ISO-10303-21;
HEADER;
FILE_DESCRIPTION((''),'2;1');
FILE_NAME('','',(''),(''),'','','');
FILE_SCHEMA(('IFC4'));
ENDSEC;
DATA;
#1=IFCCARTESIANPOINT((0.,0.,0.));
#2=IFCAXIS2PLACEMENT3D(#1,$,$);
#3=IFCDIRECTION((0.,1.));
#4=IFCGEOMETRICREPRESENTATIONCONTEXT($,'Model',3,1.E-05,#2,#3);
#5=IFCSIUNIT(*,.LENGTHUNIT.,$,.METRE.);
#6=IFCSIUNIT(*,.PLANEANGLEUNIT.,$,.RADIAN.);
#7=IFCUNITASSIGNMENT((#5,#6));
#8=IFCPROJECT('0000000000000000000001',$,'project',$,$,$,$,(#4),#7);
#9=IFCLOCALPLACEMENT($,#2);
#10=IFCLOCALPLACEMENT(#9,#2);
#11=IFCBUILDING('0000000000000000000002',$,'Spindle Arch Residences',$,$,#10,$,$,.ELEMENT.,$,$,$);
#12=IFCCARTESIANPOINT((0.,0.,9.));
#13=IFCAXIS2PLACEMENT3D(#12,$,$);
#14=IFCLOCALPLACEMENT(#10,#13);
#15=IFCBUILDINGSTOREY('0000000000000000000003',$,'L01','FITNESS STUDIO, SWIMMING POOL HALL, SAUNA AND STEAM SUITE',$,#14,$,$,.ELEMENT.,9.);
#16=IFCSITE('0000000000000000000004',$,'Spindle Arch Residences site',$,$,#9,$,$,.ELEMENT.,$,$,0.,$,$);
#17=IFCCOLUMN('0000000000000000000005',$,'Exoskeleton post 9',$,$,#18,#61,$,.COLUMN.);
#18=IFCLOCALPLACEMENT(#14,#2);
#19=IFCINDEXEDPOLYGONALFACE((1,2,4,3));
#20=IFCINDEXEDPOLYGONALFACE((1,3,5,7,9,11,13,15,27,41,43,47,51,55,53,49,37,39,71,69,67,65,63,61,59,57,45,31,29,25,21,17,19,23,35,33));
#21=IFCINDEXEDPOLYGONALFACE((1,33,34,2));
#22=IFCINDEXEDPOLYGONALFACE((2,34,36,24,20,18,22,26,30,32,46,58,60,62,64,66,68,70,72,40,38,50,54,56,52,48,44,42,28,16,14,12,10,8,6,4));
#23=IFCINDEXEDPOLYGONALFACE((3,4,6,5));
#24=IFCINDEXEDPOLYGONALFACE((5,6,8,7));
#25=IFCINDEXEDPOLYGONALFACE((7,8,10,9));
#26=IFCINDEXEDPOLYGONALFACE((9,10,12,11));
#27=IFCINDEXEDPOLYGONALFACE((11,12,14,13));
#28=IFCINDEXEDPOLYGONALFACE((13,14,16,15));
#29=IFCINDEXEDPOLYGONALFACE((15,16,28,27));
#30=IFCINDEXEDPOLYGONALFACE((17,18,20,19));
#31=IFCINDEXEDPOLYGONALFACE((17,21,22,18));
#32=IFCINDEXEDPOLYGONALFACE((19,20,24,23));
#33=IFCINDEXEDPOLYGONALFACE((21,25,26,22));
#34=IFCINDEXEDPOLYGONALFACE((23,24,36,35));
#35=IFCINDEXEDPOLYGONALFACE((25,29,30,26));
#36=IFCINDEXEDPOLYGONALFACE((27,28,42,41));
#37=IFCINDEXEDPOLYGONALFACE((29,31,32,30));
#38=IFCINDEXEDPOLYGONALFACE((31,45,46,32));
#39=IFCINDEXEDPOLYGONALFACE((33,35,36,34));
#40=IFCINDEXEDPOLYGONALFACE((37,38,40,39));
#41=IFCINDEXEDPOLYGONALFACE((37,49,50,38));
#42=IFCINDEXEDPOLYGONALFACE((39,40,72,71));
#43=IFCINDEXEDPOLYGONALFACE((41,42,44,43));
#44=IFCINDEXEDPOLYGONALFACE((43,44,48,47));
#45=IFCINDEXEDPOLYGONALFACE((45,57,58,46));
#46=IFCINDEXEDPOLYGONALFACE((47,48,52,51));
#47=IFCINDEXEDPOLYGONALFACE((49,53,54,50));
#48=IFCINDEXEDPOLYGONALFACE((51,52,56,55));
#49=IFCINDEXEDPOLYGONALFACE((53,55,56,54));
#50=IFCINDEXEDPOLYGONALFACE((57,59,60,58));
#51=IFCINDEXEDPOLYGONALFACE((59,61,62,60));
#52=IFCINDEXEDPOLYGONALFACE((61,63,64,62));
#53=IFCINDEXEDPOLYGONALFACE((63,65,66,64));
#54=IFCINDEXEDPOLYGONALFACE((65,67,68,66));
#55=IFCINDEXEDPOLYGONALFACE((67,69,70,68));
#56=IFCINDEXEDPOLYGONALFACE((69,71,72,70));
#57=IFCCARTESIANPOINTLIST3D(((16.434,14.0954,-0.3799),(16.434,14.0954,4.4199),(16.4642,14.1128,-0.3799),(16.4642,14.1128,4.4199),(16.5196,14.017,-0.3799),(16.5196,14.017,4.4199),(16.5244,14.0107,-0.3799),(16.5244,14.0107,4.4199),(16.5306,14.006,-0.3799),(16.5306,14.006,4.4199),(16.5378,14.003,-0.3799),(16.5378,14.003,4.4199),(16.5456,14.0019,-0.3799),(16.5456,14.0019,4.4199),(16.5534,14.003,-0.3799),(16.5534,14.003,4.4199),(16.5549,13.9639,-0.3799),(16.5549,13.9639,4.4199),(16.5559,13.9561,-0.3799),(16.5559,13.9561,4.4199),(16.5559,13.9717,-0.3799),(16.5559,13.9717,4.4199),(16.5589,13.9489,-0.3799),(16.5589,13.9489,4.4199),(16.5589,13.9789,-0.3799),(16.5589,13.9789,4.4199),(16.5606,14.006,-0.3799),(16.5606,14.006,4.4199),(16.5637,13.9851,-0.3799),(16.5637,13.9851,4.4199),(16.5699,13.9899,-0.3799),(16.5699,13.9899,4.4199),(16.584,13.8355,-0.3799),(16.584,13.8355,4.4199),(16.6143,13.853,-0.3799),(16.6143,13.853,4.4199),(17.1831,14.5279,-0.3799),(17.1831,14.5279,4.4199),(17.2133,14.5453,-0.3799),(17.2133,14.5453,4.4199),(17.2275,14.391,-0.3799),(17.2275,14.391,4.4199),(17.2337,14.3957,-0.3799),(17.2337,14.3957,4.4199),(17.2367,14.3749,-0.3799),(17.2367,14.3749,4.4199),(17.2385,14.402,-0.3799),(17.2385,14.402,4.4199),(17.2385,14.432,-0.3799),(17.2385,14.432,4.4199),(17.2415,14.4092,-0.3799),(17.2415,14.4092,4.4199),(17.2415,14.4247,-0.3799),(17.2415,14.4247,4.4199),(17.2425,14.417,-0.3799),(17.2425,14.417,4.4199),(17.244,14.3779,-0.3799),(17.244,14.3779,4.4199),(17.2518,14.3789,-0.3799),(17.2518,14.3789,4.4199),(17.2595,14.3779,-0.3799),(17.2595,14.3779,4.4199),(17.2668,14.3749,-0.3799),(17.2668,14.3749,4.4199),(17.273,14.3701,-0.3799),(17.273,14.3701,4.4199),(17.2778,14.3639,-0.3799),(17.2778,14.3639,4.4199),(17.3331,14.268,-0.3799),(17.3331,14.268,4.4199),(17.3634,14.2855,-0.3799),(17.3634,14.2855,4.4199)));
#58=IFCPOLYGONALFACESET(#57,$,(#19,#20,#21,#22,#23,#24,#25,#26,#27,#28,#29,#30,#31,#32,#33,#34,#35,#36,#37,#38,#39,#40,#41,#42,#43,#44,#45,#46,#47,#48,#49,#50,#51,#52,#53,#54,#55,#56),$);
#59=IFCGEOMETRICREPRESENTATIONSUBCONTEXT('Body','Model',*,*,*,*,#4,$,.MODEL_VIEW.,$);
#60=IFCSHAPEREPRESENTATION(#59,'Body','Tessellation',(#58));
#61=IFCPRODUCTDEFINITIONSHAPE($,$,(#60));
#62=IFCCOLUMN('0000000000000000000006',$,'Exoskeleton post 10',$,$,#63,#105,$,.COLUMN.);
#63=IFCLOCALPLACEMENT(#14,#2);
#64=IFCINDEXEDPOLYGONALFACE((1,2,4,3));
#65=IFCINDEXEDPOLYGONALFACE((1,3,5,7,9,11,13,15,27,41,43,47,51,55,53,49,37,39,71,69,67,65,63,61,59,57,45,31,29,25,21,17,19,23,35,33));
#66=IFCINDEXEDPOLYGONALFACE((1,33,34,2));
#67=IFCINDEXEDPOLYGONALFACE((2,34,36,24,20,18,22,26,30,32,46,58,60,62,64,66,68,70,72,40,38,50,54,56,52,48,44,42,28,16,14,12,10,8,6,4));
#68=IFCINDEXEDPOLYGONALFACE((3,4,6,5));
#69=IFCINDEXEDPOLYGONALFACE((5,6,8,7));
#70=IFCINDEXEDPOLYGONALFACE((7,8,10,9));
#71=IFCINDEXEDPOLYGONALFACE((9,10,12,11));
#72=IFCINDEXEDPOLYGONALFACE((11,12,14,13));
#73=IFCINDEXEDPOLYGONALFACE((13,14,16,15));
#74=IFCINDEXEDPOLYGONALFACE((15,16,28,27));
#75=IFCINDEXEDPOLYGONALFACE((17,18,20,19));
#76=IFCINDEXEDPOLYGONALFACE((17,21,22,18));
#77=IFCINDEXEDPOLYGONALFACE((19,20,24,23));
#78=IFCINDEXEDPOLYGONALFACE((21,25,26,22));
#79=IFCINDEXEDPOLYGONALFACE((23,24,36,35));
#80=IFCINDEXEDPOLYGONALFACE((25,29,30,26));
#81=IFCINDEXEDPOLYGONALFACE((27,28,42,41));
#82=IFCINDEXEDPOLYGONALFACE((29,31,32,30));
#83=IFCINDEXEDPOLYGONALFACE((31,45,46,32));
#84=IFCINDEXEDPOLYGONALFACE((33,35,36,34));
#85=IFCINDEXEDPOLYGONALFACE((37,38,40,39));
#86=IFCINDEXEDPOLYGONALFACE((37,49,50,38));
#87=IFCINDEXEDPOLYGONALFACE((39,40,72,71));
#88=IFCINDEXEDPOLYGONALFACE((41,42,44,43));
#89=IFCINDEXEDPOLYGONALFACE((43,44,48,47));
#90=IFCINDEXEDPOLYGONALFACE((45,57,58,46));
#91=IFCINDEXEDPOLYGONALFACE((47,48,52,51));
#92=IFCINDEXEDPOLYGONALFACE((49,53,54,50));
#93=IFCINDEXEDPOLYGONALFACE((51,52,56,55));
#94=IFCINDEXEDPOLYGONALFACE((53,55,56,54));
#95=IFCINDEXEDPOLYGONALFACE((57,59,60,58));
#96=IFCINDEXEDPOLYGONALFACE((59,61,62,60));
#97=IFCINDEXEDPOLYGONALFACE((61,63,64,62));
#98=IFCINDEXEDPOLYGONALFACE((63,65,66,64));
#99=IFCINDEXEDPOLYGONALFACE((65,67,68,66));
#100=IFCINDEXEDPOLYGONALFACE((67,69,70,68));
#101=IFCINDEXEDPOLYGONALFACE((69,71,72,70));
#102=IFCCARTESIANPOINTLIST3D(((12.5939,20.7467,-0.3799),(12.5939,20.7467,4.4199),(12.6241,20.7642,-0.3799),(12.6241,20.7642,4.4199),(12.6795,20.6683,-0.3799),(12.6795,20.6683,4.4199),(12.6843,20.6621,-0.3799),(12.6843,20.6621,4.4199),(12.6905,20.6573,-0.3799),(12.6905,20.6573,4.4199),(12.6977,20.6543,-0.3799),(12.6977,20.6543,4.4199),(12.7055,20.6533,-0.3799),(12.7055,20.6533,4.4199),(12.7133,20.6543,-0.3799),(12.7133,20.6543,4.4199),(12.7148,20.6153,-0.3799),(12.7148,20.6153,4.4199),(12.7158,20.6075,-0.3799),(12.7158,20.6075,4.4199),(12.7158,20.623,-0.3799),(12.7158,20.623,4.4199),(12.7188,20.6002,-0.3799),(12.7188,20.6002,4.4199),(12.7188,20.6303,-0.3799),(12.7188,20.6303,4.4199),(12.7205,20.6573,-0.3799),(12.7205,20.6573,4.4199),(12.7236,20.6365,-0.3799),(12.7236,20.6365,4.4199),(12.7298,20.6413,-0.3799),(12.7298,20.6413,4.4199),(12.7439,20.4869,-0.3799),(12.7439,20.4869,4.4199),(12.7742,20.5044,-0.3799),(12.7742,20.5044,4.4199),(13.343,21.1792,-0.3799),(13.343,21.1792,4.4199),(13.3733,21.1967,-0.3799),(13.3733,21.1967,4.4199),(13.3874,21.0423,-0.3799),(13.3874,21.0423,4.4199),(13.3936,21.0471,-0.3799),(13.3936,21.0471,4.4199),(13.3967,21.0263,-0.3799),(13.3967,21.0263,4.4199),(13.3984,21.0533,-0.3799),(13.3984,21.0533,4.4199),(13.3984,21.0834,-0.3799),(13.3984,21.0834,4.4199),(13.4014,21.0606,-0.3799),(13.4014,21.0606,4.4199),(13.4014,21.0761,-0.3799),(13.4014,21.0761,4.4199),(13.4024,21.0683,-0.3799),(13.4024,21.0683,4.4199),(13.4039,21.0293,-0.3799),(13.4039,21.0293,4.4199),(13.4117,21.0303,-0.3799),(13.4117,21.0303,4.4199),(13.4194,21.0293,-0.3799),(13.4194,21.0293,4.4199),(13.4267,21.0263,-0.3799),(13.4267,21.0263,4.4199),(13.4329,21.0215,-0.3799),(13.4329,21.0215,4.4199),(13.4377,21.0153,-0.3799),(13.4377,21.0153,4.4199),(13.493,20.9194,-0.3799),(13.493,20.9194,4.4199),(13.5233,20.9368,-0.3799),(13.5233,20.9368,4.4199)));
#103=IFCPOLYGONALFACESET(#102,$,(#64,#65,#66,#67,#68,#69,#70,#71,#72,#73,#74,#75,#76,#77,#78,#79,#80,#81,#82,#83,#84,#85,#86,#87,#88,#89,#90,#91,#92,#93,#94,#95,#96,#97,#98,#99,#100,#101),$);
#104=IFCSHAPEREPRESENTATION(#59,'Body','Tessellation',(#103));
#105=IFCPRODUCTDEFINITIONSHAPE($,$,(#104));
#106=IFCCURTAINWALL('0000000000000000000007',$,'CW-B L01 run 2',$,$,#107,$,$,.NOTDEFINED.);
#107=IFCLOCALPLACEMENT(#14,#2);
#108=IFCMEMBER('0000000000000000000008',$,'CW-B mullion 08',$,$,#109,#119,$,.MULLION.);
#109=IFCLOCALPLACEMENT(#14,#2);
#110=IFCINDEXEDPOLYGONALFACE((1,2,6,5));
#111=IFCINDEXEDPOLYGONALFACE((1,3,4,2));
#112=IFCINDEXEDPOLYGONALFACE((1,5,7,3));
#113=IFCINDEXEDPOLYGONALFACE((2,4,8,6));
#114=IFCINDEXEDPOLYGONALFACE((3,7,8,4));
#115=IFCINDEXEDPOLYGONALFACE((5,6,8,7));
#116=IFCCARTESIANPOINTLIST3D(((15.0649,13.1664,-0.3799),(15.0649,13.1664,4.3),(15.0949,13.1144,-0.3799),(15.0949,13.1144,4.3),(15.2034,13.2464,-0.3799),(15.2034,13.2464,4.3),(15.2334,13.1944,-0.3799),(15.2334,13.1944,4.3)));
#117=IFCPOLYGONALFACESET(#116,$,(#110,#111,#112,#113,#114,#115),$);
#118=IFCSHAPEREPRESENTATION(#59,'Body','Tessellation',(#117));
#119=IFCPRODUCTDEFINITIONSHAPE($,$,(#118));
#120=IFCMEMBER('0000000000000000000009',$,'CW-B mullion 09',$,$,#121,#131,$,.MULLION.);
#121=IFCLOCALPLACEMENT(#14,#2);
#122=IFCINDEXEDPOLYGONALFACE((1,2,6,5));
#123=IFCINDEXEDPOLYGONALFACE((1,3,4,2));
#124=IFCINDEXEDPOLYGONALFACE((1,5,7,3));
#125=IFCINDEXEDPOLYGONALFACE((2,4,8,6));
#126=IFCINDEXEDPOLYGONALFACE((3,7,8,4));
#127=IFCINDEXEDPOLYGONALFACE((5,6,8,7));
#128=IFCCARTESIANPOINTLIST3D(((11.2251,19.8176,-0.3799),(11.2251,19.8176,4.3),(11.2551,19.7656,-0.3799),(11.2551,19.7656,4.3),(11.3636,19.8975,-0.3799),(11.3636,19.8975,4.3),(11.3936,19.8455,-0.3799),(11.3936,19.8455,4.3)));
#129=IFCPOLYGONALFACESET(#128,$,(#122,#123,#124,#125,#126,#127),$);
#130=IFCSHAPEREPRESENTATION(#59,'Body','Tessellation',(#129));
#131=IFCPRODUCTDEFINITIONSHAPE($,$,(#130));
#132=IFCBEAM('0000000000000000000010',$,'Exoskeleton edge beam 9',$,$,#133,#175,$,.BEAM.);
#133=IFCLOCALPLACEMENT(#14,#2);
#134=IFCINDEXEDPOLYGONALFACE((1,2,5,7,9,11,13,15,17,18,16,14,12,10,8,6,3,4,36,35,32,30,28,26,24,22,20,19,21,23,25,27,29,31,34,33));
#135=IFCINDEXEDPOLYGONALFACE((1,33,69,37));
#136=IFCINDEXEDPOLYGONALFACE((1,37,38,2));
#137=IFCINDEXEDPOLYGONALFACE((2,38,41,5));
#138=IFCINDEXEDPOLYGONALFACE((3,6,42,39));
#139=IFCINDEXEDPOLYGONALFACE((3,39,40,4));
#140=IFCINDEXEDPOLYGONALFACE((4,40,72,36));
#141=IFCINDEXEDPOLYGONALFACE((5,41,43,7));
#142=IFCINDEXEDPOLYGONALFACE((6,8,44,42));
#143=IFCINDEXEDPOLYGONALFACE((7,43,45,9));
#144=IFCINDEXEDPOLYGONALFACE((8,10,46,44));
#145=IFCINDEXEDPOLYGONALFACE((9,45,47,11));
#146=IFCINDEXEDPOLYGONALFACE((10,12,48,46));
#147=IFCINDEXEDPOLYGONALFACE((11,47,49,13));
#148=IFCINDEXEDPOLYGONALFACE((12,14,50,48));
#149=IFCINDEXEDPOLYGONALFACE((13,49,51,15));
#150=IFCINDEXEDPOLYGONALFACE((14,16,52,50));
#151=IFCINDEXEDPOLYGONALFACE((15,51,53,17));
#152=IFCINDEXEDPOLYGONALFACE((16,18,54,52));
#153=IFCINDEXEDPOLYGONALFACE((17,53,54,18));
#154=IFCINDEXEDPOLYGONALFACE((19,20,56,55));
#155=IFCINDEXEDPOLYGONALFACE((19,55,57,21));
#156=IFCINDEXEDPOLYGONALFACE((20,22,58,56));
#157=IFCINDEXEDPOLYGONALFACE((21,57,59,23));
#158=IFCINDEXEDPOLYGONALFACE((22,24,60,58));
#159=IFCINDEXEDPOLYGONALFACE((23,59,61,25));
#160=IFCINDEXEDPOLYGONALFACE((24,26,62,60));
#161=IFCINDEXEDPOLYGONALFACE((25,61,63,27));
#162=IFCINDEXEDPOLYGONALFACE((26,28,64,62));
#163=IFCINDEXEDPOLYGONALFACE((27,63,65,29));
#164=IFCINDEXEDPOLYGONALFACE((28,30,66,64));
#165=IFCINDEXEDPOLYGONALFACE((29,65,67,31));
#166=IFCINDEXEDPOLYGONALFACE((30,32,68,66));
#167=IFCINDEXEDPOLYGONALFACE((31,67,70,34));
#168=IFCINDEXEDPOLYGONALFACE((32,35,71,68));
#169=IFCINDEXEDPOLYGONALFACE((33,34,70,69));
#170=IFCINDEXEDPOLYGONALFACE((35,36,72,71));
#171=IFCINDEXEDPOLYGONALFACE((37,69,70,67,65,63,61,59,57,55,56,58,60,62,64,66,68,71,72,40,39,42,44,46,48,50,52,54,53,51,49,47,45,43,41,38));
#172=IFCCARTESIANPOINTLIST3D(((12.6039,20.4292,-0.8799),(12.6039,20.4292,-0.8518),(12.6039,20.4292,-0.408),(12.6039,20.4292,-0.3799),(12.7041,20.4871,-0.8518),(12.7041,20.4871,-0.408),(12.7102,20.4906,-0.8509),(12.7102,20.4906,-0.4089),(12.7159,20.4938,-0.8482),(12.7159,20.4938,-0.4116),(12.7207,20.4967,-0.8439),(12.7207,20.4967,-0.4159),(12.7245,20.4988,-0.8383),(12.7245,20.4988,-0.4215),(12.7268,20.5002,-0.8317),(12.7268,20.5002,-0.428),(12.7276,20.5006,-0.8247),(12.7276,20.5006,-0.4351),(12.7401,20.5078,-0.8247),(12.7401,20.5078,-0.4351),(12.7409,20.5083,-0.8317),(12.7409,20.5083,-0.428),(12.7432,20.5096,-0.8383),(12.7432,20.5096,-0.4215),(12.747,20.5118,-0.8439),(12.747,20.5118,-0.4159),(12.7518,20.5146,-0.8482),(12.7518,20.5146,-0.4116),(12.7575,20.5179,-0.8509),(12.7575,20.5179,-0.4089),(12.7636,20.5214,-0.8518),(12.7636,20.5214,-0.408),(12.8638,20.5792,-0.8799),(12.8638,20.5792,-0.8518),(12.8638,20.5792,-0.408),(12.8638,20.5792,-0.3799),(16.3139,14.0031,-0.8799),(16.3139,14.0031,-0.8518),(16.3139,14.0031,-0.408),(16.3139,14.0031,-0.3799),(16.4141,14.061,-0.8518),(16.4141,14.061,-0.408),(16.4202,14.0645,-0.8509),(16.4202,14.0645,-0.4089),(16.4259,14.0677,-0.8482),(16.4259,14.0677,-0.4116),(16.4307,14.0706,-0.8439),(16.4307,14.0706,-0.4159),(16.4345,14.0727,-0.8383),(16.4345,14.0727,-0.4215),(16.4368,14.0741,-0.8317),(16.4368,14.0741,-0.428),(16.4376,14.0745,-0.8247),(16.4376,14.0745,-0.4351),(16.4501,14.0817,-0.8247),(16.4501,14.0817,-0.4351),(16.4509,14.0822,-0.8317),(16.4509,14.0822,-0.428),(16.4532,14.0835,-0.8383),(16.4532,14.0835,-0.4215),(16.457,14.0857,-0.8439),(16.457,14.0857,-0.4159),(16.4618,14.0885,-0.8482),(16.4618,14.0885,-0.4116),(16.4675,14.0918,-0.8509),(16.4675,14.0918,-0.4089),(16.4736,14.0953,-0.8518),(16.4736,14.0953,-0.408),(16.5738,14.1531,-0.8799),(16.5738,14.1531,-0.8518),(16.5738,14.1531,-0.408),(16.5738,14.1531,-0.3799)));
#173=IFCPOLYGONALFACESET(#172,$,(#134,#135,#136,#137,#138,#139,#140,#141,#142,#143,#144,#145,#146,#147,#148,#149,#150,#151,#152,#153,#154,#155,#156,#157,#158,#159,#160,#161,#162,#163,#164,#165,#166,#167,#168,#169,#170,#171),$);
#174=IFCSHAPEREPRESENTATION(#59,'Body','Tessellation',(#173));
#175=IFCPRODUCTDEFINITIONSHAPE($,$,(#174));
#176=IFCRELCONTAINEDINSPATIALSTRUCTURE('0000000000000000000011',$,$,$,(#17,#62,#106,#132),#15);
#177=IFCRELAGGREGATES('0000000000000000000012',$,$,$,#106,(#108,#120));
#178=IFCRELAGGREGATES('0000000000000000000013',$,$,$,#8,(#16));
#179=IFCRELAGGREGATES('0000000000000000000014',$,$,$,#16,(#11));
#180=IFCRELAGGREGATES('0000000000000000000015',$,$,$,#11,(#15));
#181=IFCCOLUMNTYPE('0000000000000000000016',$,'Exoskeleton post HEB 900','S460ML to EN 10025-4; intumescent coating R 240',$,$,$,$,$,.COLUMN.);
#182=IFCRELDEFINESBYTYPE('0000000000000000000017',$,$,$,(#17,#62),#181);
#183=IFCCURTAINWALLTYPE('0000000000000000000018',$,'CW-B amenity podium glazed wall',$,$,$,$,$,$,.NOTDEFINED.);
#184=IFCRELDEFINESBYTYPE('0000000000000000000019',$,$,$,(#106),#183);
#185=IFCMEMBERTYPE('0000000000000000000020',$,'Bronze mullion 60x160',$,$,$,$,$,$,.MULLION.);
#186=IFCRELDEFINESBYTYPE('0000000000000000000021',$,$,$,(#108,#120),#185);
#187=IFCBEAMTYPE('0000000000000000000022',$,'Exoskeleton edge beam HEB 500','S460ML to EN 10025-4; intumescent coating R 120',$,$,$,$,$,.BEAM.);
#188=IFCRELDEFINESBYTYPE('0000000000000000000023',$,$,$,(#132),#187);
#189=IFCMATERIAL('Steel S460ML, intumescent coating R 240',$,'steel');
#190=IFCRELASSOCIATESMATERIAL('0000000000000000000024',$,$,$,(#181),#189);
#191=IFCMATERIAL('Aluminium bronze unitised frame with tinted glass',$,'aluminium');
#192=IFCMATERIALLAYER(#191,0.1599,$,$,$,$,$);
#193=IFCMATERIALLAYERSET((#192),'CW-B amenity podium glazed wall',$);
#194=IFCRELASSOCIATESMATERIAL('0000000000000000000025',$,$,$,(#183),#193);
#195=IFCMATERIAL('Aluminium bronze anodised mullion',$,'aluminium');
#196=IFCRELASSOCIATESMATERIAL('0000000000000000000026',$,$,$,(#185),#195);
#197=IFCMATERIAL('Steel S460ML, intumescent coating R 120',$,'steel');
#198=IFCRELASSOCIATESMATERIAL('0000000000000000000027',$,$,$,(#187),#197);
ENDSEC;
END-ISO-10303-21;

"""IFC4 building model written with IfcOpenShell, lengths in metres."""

from ifc_helpers import new_model, si_unit, direction, frame, origin, origin_2d, place, context, subcontext, project, spatial, rectangle, i_section, extrude, material, layer, layer_set, material_profile, profile_set, type_object, element, aggregate, save


model = new_model("IFC4")

# Units and contexts
model_context = context("Model", 3, precision=1e-05, world=origin(), true_north=direction((0.0, 1.0)))
body_context = subcontext(model_context, "Body", "Model", "MODEL_VIEW")
ifc_project = project(units=[si_unit("LENGTHUNIT", "METRE"), si_unit("PLANEANGLEUNIT", "RADIAN")], contexts=[model_context])

# Site, building, storey
site_placement = place(None, origin())
site = spatial("IfcSite", under=ifc_project, at=site_placement, Name="Spindle Arch Residences site", CompositionType="ELEMENT", RefElevation=0.0)
building_placement = place(site_placement, origin())
building = spatial("IfcBuilding", under=site, at=building_placement, Name="Spindle Arch Residences", CompositionType="ELEMENT")
storey_placement = place(building_placement, frame((0.0, 0.0, 9.0)))
storey = spatial("IfcBuildingStorey", under=building, at=storey_placement, Name="L01", Description="FITNESS STUDIO, SWIMMING POOL HALL, SAUNA AND STEAM SUITE", CompositionType="ELEMENT", Elevation=9.0)

# Columns
ifc_material_1 = material(Name="Steel S460ML, intumescent coating R 240", Category="steel")
ifc_material_profile_1 = material_profile(ifc_material_1, i_section(OverallWidth=0.3, OverallDepth=0.8999, WebThickness=0.0186, FlangeThickness=0.0349, FilletRadius=0.03, at=origin_2d()), Name="HEB 900")
ifc_profile_set_1 = profile_set([ifc_material_profile_1], Name="Steel S460ML, intumescent coating R 240")
column_type = type_object("IfcColumnType", Name="Exoskeleton post HEB 900", Description="S460ML to EN 10025-4; intumescent coating R 240", PredefinedType="COLUMN", material=ifc_profile_set_1)
for number, where, z_axis, x_axis, name in (
    (1, (16.8987, 14.1904, -0.3799), (0.0, 0.0, 1.0), (0.5, -0.866025, 0.0), "Exoskeleton post 9"),
    (2, (13.0586, 20.8418, -0.3799), (0.0, 0.0, 1.0), (0.5, -0.866025, 0.0), "Exoskeleton post 10"),
):
    element("IfcColumn", number, at=place(storey_placement, frame(where, z_axis=z_axis, x_axis=x_axis)), inside=storey, type_object=column_type, Name=name, PredefinedType="COLUMN", context=body_context, shape_type="SweptSolid", body=[
        extrude(i_section(OverallWidth=0.3, OverallDepth=0.8999, WebThickness=0.0186, FlangeThickness=0.0349, FilletRadius=0.03, at=origin_2d()), origin(), (0.0, 0.0, 1.0), 4.7998),
    ])

# Curtain wall, members
ifc_material_2 = material(Name="Aluminium bronze unitised frame with tinted glass", Category="aluminium")
ifc_layer_1 = layer(ifc_material_2, 0.1599)
ifc_layer_set_1 = layer_set([ifc_layer_1], Name="CW-B amenity podium glazed wall")
curtain_wall_type = type_object("IfcCurtainWallType", Name="CW-B amenity podium glazed wall", PredefinedType="NOTDEFINED", material=ifc_layer_set_1)
curtain_wall_placement = place(storey_placement, origin())
curtain_wall = element("IfcCurtainWall", 3, at=curtain_wall_placement, inside=storey, type_object=curtain_wall_type, Name="CW-B L01 run 2", PredefinedType="NOTDEFINED")
ifc_material_3 = material(Name="Aluminium bronze anodised mullion", Category="aluminium")
ifc_material_profile_2 = material_profile(ifc_material_3, rectangle(XDim=0.1599, YDim=0.0601, at=origin_2d()), Name="MU 60x160")
ifc_profile_set_2 = profile_set([ifc_material_profile_2], Name="Aluminium bronze anodised mullion")
member_type = type_object("IfcMemberType", Name="Bronze mullion 60x160", PredefinedType="MULLION", material=ifc_profile_set_2)
member_1_placement = place(storey_placement, frame((15.1492, 13.1804, -0.3799), z_axis=(0.0, 0.0, 1.0), x_axis=(-0.866025, -0.5, 0.0)))
member_1 = element("IfcMember", 4, at=member_1_placement, type_object=member_type, Name="CW-B mullion 08", PredefinedType="MULLION", context=body_context, shape_type="SweptSolid", body=[
    extrude(rectangle(XDim=0.1599, YDim=0.0601, at=origin_2d()), origin(), (0.0, 0.0, 1.0), 4.6799),
])
member_2_placement = place(storey_placement, frame((11.3093, 19.8315, -0.3799), z_axis=(0.0, 0.0, 1.0), x_axis=(-0.866025, -0.5, 0.0)))
member_2 = element("IfcMember", 5, at=member_2_placement, type_object=member_type, Name="CW-B mullion 09", PredefinedType="MULLION", context=body_context, shape_type="SweptSolid", body=[
    extrude(rectangle(XDim=0.1599, YDim=0.0601, at=origin_2d()), origin(), (0.0, 0.0, 1.0), 4.6799),
])

# Beam
ifc_material_4 = material(Name="Steel S460ML, intumescent coating R 120", Category="steel")
ifc_material_profile_3 = material_profile(ifc_material_4, i_section(OverallWidth=0.3, OverallDepth=0.5, WebThickness=0.0144, FlangeThickness=0.0281, FilletRadius=0.0271, at=origin_2d()), Name="HEB 500")
ifc_profile_set_3 = profile_set([ifc_material_profile_3], Name="Steel S460ML, intumescent coating R 120")
beam_type_1 = type_object("IfcBeamType", Name="Exoskeleton edge beam HEB 500", Description="S460ML to EN 10025-4; intumescent coating R 120", PredefinedType="BEAM", material=ifc_profile_set_3)
for number, where, z_axis, x_axis, name in (
    (6, (16.4438, 14.0781, -0.6299), (-0.499989, 0.866032, 0.0), (-0.866032, -0.499989, 0.0), "Exoskeleton edge beam 9"),
):
    element("IfcBeam", number, at=place(storey_placement, frame(where, z_axis=z_axis, x_axis=x_axis)), inside=storey, type_object=beam_type_1, Name=name, PredefinedType="BEAM", context=body_context, shape_type="SweptSolid", body=[
        extrude(i_section(OverallWidth=0.3, OverallDepth=0.5, WebThickness=0.0144, FlangeThickness=0.0281, FilletRadius=0.0271, at=origin_2d()), origin(), (0.0, 0.0, 1.0), 7.4202),
    ])

aggregate(curtain_wall, [member_1, member_2])

save(model, "model.ifc")
